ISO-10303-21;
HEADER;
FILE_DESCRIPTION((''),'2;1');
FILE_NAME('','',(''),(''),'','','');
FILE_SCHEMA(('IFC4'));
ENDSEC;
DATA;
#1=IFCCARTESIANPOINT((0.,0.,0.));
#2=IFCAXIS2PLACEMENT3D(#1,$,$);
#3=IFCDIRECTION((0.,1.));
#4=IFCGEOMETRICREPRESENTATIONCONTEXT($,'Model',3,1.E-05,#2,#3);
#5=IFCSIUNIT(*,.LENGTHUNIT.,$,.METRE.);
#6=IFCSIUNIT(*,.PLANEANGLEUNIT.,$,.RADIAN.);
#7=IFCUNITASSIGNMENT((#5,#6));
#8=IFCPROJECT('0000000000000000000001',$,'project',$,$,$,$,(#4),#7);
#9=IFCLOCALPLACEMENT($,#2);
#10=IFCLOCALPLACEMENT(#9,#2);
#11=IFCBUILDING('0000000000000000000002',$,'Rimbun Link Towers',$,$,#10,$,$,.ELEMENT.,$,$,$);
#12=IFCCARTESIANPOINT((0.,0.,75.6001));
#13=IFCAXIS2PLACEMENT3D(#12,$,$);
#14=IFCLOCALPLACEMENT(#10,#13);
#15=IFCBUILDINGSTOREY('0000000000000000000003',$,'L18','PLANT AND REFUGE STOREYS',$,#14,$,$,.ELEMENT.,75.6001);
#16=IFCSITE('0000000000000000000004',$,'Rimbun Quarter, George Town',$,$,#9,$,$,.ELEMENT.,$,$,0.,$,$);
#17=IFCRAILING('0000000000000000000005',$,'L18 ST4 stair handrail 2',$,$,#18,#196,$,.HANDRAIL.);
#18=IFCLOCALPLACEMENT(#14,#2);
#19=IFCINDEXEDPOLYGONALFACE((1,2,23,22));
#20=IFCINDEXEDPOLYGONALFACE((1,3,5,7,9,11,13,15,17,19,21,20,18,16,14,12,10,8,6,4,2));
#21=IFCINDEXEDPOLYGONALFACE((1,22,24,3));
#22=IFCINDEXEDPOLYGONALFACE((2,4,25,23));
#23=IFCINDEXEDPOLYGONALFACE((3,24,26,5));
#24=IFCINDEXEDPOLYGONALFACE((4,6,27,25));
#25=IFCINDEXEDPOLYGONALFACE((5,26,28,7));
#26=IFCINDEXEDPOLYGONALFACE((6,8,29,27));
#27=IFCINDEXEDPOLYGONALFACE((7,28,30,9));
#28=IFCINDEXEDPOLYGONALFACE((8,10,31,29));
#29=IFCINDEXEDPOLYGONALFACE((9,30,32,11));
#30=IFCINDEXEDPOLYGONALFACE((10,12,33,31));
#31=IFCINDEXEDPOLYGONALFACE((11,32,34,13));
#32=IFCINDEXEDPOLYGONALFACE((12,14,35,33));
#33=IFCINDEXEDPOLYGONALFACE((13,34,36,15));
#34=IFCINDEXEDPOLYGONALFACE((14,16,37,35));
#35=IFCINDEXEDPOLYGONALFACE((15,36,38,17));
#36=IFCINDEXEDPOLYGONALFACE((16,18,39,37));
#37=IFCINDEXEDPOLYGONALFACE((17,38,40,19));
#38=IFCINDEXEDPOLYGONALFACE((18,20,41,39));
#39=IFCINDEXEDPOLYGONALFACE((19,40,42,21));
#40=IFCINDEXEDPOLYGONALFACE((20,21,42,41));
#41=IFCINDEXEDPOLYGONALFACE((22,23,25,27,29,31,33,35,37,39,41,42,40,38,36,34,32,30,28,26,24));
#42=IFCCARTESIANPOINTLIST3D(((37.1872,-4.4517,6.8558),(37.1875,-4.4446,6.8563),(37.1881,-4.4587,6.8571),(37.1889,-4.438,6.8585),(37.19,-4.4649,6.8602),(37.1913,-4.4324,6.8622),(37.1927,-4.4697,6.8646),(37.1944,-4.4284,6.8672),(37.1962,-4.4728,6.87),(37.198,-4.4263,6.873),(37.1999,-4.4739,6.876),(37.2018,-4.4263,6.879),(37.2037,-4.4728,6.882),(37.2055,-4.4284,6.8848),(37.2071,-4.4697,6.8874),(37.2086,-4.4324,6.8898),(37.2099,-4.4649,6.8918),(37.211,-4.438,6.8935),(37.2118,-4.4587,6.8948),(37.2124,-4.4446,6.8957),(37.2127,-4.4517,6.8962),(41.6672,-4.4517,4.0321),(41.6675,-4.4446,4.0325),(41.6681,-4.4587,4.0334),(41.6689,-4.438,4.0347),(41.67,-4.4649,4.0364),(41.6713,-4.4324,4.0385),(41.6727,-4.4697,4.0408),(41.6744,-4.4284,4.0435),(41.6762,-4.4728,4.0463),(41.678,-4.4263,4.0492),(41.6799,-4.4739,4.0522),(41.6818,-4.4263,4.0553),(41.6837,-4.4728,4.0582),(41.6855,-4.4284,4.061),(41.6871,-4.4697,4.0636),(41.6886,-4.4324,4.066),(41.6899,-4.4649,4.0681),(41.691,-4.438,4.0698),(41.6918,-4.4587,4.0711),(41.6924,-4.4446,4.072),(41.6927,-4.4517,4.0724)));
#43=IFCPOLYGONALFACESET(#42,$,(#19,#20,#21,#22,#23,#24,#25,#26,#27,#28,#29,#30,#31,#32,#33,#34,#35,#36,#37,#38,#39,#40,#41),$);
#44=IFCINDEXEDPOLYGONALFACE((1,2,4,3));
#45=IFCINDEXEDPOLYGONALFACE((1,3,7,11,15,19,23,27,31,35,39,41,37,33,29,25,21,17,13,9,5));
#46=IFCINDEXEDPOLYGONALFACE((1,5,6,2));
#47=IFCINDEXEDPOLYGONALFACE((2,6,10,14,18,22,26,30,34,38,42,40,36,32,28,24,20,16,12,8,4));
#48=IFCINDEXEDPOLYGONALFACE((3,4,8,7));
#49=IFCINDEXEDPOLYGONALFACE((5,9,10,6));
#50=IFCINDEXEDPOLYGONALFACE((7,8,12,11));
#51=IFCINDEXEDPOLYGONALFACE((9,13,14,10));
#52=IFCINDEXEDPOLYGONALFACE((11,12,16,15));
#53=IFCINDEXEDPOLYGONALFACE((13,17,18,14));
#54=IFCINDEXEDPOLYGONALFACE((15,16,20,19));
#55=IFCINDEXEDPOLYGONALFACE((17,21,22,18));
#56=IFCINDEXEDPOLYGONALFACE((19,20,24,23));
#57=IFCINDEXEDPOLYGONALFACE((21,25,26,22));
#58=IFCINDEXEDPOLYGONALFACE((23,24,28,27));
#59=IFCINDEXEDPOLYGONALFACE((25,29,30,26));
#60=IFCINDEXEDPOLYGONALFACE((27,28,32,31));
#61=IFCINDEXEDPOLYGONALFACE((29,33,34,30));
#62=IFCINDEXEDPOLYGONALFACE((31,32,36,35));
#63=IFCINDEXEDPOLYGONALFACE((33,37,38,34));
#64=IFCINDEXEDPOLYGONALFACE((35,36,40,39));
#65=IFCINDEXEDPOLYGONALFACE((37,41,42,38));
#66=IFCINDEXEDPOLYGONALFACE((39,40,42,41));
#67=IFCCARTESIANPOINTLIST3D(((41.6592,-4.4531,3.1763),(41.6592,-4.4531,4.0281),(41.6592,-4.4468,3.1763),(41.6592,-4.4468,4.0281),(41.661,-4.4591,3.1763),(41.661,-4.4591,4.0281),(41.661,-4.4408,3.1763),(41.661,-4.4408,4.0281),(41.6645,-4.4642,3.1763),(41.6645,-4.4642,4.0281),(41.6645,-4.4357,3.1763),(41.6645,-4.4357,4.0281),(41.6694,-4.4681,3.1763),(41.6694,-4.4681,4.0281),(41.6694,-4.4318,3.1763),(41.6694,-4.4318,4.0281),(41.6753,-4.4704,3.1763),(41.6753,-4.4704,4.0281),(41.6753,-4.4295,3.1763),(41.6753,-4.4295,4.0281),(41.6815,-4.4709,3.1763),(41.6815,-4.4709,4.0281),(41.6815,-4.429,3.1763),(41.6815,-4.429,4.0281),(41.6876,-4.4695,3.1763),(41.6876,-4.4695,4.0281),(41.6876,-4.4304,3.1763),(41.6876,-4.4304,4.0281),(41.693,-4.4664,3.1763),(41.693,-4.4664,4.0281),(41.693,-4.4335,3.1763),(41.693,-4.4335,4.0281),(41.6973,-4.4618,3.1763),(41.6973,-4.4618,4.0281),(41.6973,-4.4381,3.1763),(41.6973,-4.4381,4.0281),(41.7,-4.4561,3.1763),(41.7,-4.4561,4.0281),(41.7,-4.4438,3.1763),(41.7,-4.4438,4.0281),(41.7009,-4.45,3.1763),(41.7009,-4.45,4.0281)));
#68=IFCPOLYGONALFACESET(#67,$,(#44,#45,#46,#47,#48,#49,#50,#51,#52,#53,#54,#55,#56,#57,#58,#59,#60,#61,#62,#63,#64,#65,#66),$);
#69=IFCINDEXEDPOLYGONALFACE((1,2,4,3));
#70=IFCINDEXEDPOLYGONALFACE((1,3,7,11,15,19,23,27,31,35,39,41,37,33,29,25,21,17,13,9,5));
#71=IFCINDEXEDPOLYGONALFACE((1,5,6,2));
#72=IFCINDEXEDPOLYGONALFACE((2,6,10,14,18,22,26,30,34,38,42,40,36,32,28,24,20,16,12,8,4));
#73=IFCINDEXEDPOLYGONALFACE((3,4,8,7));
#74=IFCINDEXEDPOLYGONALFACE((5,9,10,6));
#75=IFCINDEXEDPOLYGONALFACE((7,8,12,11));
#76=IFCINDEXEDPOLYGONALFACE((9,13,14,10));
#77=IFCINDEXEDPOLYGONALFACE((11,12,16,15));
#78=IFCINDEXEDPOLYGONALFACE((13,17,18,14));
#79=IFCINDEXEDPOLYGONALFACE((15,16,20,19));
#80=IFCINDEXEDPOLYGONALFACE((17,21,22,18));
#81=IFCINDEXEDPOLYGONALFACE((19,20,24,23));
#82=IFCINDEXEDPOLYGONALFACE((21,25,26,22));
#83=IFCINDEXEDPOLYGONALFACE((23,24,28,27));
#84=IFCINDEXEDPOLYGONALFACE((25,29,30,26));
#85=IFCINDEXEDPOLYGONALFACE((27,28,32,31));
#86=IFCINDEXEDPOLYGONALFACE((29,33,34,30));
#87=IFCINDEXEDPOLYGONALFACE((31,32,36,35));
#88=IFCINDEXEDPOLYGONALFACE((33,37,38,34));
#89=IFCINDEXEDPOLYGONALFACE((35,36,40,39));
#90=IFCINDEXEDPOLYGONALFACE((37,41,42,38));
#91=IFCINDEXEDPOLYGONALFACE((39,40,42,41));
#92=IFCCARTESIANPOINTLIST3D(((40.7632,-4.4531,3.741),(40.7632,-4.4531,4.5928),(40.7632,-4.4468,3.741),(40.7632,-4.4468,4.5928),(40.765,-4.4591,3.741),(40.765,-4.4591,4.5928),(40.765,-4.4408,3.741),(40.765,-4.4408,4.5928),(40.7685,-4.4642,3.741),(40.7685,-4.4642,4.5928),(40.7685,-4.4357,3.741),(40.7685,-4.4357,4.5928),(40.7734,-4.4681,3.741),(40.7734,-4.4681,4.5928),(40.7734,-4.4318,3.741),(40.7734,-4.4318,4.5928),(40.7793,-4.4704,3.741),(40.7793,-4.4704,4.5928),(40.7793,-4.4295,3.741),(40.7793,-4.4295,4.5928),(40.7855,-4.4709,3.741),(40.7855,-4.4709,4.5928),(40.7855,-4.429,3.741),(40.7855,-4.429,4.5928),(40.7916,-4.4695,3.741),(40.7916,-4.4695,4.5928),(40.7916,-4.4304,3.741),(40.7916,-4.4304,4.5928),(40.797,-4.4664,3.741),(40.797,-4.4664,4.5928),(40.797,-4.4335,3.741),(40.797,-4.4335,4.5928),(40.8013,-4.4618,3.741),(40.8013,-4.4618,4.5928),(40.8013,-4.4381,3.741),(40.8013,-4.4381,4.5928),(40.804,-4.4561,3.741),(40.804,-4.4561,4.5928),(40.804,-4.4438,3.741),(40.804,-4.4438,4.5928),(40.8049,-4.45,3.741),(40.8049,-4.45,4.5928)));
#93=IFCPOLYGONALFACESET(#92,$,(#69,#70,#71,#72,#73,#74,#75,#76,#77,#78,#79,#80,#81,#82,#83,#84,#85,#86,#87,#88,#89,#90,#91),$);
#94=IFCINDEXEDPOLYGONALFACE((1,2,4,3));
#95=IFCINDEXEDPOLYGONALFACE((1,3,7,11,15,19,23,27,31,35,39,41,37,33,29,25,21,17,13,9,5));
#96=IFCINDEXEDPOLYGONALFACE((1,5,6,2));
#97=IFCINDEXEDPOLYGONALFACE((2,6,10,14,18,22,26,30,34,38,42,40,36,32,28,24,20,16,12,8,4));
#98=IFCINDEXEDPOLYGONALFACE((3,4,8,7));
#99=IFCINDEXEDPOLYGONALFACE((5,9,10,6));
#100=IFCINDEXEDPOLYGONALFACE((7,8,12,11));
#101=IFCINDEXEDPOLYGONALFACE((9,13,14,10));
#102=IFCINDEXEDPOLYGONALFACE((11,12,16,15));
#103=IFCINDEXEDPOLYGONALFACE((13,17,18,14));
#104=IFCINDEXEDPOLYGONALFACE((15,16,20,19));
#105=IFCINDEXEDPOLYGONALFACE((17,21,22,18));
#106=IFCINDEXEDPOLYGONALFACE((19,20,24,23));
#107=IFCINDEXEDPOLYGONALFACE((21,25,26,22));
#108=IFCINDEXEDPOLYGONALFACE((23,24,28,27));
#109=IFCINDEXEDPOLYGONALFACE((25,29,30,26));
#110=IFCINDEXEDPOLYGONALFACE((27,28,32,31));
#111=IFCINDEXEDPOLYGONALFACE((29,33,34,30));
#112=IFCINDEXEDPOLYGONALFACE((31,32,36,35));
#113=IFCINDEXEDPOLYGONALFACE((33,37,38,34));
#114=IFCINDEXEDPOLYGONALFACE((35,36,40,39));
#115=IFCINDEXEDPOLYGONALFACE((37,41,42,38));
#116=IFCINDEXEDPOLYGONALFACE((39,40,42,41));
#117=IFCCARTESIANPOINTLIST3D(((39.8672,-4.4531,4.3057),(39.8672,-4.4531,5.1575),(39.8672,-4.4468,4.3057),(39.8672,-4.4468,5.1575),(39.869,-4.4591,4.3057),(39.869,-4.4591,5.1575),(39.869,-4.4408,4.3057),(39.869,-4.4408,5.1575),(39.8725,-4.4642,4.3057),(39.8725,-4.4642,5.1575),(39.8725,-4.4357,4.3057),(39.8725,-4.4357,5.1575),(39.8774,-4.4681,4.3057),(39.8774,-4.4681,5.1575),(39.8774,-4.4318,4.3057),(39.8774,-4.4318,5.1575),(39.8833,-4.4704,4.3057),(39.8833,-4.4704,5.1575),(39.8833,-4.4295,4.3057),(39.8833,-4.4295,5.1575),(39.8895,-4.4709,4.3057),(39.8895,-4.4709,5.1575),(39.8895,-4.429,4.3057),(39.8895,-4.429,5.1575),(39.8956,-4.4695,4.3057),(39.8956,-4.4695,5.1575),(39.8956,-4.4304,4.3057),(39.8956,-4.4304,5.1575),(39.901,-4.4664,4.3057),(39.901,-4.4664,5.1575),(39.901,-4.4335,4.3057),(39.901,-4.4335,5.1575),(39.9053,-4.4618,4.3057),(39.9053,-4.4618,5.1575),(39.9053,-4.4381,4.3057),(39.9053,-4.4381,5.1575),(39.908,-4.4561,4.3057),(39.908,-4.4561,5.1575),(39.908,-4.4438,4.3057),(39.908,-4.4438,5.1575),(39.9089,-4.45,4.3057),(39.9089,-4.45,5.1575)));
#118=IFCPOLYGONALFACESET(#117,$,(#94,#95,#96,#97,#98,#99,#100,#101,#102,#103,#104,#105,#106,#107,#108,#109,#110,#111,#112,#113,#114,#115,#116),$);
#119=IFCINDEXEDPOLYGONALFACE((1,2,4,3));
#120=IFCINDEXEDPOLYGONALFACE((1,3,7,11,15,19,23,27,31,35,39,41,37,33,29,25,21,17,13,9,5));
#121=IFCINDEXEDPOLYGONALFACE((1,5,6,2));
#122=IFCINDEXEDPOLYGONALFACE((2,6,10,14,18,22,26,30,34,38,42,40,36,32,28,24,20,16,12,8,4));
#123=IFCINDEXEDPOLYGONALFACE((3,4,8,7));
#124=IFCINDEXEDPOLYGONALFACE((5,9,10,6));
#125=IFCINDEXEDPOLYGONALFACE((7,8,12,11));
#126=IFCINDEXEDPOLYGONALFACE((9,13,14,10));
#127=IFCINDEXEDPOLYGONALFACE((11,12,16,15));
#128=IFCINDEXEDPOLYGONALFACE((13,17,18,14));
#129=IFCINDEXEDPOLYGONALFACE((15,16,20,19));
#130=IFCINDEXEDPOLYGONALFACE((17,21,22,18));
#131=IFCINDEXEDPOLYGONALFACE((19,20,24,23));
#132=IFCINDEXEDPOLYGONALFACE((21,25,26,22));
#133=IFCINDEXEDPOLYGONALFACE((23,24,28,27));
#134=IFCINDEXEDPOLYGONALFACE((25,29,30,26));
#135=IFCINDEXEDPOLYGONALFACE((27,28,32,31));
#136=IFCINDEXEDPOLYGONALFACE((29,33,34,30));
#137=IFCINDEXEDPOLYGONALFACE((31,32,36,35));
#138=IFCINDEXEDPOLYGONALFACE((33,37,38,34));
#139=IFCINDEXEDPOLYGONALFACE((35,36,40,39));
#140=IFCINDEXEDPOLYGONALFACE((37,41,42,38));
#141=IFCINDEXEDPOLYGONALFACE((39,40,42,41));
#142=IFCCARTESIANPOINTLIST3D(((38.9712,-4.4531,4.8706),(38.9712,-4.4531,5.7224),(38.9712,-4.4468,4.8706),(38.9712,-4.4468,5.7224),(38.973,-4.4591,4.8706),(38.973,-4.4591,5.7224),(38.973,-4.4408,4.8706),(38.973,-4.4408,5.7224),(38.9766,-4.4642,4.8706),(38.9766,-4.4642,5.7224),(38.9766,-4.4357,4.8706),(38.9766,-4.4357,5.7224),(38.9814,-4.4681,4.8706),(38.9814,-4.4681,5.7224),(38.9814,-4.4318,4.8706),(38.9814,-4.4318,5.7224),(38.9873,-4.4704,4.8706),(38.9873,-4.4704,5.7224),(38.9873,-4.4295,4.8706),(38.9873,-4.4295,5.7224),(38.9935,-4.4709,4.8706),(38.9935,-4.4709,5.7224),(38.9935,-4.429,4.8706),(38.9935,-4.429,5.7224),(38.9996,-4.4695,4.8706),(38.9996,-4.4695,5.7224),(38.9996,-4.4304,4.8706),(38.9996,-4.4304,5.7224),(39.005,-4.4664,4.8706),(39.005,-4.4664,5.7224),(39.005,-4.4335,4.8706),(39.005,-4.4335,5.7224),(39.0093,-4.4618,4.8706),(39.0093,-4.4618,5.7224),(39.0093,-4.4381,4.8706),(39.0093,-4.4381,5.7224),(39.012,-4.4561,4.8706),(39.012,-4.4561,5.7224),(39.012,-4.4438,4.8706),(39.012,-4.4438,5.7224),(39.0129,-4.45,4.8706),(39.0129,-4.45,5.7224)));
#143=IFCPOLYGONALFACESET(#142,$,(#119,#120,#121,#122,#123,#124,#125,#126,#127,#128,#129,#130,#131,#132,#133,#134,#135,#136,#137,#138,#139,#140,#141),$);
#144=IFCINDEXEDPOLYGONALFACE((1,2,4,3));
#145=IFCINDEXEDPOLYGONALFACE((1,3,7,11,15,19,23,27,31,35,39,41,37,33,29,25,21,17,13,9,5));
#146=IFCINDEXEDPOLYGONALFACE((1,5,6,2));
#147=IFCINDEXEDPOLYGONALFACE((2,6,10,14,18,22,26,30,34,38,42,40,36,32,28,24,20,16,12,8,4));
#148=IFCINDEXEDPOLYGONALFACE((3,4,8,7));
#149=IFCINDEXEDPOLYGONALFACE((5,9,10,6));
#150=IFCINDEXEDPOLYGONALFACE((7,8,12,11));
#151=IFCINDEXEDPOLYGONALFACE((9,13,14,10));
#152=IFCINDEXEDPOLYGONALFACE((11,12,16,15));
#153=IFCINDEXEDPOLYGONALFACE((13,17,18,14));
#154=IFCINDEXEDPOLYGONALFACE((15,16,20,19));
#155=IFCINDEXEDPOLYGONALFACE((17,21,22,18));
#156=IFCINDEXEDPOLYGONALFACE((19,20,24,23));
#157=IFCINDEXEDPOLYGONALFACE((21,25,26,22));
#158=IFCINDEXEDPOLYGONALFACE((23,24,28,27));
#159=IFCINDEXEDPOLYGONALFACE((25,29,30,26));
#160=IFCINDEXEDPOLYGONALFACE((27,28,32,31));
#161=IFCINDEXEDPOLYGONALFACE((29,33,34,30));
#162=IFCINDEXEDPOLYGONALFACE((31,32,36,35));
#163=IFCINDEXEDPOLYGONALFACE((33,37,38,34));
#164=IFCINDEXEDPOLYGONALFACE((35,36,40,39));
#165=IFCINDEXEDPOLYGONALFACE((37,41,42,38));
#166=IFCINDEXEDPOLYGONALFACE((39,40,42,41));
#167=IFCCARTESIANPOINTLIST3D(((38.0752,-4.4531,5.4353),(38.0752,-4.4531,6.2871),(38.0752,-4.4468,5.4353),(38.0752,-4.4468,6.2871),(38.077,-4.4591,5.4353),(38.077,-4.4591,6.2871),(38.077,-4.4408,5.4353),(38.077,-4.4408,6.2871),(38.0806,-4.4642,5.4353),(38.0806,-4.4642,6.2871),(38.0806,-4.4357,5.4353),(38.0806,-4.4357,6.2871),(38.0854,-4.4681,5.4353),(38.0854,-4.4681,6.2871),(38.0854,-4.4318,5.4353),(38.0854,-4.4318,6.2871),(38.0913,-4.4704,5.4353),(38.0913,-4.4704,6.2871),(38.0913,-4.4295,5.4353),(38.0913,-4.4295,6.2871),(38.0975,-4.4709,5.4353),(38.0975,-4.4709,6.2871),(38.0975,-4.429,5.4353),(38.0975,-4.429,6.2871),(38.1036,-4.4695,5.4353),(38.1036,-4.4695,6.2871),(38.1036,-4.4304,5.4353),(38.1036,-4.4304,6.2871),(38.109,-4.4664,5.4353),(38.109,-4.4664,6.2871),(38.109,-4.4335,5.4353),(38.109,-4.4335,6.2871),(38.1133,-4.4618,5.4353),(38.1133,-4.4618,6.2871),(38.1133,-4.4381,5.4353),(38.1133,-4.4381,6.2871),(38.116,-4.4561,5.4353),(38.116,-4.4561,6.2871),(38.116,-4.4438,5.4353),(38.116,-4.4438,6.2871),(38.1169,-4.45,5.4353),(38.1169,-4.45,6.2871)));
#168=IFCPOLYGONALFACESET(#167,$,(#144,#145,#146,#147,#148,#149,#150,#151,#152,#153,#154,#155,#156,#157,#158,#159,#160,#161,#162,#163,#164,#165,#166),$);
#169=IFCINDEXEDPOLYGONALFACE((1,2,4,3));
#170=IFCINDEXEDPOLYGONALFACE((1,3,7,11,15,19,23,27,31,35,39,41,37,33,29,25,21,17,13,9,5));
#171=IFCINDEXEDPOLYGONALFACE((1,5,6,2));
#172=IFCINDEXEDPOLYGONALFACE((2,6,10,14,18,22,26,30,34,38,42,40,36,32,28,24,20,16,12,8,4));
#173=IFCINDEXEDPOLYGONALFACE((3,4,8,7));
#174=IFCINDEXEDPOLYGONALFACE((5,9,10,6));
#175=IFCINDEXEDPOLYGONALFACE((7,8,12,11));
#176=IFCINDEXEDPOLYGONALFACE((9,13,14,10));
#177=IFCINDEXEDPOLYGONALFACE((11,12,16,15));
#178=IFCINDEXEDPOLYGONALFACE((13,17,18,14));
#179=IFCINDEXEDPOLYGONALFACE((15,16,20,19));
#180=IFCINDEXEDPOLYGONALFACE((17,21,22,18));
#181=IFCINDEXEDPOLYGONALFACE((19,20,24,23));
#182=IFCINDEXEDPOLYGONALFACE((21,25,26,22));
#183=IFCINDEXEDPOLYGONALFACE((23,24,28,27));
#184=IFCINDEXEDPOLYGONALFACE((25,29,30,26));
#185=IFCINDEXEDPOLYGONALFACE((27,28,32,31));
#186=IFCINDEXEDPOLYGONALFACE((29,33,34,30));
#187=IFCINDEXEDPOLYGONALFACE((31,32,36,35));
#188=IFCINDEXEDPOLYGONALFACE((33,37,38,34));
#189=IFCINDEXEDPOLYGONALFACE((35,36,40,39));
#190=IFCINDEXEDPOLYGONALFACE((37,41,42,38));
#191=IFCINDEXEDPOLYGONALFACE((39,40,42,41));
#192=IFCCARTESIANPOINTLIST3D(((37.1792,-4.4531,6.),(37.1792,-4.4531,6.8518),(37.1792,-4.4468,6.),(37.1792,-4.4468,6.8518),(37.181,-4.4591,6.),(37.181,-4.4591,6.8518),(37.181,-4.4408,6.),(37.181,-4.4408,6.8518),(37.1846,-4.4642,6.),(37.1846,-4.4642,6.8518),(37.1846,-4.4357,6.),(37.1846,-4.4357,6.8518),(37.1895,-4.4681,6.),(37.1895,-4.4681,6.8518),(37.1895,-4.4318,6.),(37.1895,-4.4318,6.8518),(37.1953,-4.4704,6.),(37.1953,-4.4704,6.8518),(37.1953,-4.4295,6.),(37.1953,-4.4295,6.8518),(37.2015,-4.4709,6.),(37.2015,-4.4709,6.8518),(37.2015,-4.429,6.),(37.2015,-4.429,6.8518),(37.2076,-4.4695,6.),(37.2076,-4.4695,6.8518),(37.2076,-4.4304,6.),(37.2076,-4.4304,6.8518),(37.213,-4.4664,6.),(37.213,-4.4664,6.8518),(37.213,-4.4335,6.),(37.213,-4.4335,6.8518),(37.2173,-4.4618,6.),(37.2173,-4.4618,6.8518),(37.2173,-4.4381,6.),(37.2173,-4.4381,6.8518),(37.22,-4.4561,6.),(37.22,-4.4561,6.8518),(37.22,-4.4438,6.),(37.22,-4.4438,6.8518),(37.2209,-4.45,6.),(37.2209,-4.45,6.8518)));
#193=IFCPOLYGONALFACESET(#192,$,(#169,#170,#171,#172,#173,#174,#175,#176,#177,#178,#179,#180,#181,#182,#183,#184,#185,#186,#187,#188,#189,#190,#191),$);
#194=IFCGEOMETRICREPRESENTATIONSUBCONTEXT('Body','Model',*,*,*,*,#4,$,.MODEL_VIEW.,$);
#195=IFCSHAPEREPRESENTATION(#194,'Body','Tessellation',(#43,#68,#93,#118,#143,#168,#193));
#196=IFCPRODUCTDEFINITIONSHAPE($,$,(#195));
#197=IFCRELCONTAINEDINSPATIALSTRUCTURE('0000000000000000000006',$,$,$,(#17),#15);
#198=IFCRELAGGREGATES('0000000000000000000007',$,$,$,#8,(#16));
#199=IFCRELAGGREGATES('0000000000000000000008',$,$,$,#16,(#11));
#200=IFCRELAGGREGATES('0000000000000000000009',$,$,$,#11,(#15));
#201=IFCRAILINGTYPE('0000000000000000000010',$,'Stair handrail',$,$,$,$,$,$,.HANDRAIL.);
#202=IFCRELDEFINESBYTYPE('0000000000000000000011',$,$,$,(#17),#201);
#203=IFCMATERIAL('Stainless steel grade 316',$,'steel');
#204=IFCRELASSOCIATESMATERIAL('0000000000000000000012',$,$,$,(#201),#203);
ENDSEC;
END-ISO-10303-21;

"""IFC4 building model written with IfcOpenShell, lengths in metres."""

from ifc_helpers import new_model, si_unit, direction, frame, origin, origin_2d, place, context, subcontext, project, spatial, circle, extrude, material, type_object, element, save


model = new_model("IFC4")

# Units and contexts
model_context = context("Model", 3, precision=1e-05, world=origin(), true_north=direction((0.0, 1.0)))
body_context = subcontext(model_context, "Body", "Model", "MODEL_VIEW")
ifc_project = project(units=[si_unit("LENGTHUNIT", "METRE"), si_unit("PLANEANGLEUNIT", "RADIAN")], contexts=[model_context])

# Site, building, storey
site_placement = place(None, origin())
site = spatial("IfcSite", under=ifc_project, at=site_placement, Name="Rimbun Quarter, George Town", CompositionType="ELEMENT", RefElevation=0.0)
building_placement = place(site_placement, origin())
building = spatial("IfcBuilding", under=site, at=building_placement, Name="Rimbun Link Towers", CompositionType="ELEMENT")
storey_placement = place(building_placement, frame((0.0, 0.0, 75.6001)))
storey = spatial("IfcBuildingStorey", under=building, at=storey_placement, Name="L18", Description="PLANT AND REFUGE STOREYS", CompositionType="ELEMENT", Elevation=75.6001)

# Railing
ifc_material_1 = material(Name="Stainless steel grade 316", Category="steel")
railing_type_1 = type_object("IfcRailingType", Name="Stair handrail", PredefinedType="HANDRAIL", material=ifc_material_1)
railing_1_placement = place(storey_placement, frame((41.6799, -4.45, 3.1763)))
element("IfcRailing", 1, at=railing_1_placement, inside=storey, type_object=railing_type_1, Name="L18 ST4 stair handrail 2", PredefinedType="HANDRAIL", context=body_context, shape_type="SweptSolid", body=[
    extrude(circle(Radius=0.0239, at=origin_2d()), frame((0.0, 0.0, 0.876), z_axis=(-0.845977, 0.0, 0.533219), x_axis=(0.0, -1.0, 0.0)), (0.0, 0.0, 1.0), 5.2957),
    extrude(circle(Radius=0.021, at=origin_2d()), origin(), (0.0, 0.0, 1.0), 0.8518),
    extrude(circle(Radius=0.021, at=origin_2d()), frame((-0.896, 0.0, 0.5647)), (0.0, 0.0, 1.0), 0.8518),
    extrude(circle(Radius=0.021, at=origin_2d()), frame((-1.792, 0.0, 1.1294)), (0.0, 0.0, 1.0), 0.8518),
    extrude(circle(Radius=0.021, at=origin_2d()), frame((-2.688, 0.0, 1.6943)), (0.0, 0.0, 1.0), 0.8518),
    extrude(circle(Radius=0.021, at=origin_2d()), frame((-3.584, 0.0, 2.259)), (0.0, 0.0, 1.0), 0.8518),
    extrude(circle(Radius=0.021, at=origin_2d()), frame((-4.48, 0.0, 2.8237)), (0.0, 0.0, 1.0), 0.8518),
])

save(model, "model.ifc")
